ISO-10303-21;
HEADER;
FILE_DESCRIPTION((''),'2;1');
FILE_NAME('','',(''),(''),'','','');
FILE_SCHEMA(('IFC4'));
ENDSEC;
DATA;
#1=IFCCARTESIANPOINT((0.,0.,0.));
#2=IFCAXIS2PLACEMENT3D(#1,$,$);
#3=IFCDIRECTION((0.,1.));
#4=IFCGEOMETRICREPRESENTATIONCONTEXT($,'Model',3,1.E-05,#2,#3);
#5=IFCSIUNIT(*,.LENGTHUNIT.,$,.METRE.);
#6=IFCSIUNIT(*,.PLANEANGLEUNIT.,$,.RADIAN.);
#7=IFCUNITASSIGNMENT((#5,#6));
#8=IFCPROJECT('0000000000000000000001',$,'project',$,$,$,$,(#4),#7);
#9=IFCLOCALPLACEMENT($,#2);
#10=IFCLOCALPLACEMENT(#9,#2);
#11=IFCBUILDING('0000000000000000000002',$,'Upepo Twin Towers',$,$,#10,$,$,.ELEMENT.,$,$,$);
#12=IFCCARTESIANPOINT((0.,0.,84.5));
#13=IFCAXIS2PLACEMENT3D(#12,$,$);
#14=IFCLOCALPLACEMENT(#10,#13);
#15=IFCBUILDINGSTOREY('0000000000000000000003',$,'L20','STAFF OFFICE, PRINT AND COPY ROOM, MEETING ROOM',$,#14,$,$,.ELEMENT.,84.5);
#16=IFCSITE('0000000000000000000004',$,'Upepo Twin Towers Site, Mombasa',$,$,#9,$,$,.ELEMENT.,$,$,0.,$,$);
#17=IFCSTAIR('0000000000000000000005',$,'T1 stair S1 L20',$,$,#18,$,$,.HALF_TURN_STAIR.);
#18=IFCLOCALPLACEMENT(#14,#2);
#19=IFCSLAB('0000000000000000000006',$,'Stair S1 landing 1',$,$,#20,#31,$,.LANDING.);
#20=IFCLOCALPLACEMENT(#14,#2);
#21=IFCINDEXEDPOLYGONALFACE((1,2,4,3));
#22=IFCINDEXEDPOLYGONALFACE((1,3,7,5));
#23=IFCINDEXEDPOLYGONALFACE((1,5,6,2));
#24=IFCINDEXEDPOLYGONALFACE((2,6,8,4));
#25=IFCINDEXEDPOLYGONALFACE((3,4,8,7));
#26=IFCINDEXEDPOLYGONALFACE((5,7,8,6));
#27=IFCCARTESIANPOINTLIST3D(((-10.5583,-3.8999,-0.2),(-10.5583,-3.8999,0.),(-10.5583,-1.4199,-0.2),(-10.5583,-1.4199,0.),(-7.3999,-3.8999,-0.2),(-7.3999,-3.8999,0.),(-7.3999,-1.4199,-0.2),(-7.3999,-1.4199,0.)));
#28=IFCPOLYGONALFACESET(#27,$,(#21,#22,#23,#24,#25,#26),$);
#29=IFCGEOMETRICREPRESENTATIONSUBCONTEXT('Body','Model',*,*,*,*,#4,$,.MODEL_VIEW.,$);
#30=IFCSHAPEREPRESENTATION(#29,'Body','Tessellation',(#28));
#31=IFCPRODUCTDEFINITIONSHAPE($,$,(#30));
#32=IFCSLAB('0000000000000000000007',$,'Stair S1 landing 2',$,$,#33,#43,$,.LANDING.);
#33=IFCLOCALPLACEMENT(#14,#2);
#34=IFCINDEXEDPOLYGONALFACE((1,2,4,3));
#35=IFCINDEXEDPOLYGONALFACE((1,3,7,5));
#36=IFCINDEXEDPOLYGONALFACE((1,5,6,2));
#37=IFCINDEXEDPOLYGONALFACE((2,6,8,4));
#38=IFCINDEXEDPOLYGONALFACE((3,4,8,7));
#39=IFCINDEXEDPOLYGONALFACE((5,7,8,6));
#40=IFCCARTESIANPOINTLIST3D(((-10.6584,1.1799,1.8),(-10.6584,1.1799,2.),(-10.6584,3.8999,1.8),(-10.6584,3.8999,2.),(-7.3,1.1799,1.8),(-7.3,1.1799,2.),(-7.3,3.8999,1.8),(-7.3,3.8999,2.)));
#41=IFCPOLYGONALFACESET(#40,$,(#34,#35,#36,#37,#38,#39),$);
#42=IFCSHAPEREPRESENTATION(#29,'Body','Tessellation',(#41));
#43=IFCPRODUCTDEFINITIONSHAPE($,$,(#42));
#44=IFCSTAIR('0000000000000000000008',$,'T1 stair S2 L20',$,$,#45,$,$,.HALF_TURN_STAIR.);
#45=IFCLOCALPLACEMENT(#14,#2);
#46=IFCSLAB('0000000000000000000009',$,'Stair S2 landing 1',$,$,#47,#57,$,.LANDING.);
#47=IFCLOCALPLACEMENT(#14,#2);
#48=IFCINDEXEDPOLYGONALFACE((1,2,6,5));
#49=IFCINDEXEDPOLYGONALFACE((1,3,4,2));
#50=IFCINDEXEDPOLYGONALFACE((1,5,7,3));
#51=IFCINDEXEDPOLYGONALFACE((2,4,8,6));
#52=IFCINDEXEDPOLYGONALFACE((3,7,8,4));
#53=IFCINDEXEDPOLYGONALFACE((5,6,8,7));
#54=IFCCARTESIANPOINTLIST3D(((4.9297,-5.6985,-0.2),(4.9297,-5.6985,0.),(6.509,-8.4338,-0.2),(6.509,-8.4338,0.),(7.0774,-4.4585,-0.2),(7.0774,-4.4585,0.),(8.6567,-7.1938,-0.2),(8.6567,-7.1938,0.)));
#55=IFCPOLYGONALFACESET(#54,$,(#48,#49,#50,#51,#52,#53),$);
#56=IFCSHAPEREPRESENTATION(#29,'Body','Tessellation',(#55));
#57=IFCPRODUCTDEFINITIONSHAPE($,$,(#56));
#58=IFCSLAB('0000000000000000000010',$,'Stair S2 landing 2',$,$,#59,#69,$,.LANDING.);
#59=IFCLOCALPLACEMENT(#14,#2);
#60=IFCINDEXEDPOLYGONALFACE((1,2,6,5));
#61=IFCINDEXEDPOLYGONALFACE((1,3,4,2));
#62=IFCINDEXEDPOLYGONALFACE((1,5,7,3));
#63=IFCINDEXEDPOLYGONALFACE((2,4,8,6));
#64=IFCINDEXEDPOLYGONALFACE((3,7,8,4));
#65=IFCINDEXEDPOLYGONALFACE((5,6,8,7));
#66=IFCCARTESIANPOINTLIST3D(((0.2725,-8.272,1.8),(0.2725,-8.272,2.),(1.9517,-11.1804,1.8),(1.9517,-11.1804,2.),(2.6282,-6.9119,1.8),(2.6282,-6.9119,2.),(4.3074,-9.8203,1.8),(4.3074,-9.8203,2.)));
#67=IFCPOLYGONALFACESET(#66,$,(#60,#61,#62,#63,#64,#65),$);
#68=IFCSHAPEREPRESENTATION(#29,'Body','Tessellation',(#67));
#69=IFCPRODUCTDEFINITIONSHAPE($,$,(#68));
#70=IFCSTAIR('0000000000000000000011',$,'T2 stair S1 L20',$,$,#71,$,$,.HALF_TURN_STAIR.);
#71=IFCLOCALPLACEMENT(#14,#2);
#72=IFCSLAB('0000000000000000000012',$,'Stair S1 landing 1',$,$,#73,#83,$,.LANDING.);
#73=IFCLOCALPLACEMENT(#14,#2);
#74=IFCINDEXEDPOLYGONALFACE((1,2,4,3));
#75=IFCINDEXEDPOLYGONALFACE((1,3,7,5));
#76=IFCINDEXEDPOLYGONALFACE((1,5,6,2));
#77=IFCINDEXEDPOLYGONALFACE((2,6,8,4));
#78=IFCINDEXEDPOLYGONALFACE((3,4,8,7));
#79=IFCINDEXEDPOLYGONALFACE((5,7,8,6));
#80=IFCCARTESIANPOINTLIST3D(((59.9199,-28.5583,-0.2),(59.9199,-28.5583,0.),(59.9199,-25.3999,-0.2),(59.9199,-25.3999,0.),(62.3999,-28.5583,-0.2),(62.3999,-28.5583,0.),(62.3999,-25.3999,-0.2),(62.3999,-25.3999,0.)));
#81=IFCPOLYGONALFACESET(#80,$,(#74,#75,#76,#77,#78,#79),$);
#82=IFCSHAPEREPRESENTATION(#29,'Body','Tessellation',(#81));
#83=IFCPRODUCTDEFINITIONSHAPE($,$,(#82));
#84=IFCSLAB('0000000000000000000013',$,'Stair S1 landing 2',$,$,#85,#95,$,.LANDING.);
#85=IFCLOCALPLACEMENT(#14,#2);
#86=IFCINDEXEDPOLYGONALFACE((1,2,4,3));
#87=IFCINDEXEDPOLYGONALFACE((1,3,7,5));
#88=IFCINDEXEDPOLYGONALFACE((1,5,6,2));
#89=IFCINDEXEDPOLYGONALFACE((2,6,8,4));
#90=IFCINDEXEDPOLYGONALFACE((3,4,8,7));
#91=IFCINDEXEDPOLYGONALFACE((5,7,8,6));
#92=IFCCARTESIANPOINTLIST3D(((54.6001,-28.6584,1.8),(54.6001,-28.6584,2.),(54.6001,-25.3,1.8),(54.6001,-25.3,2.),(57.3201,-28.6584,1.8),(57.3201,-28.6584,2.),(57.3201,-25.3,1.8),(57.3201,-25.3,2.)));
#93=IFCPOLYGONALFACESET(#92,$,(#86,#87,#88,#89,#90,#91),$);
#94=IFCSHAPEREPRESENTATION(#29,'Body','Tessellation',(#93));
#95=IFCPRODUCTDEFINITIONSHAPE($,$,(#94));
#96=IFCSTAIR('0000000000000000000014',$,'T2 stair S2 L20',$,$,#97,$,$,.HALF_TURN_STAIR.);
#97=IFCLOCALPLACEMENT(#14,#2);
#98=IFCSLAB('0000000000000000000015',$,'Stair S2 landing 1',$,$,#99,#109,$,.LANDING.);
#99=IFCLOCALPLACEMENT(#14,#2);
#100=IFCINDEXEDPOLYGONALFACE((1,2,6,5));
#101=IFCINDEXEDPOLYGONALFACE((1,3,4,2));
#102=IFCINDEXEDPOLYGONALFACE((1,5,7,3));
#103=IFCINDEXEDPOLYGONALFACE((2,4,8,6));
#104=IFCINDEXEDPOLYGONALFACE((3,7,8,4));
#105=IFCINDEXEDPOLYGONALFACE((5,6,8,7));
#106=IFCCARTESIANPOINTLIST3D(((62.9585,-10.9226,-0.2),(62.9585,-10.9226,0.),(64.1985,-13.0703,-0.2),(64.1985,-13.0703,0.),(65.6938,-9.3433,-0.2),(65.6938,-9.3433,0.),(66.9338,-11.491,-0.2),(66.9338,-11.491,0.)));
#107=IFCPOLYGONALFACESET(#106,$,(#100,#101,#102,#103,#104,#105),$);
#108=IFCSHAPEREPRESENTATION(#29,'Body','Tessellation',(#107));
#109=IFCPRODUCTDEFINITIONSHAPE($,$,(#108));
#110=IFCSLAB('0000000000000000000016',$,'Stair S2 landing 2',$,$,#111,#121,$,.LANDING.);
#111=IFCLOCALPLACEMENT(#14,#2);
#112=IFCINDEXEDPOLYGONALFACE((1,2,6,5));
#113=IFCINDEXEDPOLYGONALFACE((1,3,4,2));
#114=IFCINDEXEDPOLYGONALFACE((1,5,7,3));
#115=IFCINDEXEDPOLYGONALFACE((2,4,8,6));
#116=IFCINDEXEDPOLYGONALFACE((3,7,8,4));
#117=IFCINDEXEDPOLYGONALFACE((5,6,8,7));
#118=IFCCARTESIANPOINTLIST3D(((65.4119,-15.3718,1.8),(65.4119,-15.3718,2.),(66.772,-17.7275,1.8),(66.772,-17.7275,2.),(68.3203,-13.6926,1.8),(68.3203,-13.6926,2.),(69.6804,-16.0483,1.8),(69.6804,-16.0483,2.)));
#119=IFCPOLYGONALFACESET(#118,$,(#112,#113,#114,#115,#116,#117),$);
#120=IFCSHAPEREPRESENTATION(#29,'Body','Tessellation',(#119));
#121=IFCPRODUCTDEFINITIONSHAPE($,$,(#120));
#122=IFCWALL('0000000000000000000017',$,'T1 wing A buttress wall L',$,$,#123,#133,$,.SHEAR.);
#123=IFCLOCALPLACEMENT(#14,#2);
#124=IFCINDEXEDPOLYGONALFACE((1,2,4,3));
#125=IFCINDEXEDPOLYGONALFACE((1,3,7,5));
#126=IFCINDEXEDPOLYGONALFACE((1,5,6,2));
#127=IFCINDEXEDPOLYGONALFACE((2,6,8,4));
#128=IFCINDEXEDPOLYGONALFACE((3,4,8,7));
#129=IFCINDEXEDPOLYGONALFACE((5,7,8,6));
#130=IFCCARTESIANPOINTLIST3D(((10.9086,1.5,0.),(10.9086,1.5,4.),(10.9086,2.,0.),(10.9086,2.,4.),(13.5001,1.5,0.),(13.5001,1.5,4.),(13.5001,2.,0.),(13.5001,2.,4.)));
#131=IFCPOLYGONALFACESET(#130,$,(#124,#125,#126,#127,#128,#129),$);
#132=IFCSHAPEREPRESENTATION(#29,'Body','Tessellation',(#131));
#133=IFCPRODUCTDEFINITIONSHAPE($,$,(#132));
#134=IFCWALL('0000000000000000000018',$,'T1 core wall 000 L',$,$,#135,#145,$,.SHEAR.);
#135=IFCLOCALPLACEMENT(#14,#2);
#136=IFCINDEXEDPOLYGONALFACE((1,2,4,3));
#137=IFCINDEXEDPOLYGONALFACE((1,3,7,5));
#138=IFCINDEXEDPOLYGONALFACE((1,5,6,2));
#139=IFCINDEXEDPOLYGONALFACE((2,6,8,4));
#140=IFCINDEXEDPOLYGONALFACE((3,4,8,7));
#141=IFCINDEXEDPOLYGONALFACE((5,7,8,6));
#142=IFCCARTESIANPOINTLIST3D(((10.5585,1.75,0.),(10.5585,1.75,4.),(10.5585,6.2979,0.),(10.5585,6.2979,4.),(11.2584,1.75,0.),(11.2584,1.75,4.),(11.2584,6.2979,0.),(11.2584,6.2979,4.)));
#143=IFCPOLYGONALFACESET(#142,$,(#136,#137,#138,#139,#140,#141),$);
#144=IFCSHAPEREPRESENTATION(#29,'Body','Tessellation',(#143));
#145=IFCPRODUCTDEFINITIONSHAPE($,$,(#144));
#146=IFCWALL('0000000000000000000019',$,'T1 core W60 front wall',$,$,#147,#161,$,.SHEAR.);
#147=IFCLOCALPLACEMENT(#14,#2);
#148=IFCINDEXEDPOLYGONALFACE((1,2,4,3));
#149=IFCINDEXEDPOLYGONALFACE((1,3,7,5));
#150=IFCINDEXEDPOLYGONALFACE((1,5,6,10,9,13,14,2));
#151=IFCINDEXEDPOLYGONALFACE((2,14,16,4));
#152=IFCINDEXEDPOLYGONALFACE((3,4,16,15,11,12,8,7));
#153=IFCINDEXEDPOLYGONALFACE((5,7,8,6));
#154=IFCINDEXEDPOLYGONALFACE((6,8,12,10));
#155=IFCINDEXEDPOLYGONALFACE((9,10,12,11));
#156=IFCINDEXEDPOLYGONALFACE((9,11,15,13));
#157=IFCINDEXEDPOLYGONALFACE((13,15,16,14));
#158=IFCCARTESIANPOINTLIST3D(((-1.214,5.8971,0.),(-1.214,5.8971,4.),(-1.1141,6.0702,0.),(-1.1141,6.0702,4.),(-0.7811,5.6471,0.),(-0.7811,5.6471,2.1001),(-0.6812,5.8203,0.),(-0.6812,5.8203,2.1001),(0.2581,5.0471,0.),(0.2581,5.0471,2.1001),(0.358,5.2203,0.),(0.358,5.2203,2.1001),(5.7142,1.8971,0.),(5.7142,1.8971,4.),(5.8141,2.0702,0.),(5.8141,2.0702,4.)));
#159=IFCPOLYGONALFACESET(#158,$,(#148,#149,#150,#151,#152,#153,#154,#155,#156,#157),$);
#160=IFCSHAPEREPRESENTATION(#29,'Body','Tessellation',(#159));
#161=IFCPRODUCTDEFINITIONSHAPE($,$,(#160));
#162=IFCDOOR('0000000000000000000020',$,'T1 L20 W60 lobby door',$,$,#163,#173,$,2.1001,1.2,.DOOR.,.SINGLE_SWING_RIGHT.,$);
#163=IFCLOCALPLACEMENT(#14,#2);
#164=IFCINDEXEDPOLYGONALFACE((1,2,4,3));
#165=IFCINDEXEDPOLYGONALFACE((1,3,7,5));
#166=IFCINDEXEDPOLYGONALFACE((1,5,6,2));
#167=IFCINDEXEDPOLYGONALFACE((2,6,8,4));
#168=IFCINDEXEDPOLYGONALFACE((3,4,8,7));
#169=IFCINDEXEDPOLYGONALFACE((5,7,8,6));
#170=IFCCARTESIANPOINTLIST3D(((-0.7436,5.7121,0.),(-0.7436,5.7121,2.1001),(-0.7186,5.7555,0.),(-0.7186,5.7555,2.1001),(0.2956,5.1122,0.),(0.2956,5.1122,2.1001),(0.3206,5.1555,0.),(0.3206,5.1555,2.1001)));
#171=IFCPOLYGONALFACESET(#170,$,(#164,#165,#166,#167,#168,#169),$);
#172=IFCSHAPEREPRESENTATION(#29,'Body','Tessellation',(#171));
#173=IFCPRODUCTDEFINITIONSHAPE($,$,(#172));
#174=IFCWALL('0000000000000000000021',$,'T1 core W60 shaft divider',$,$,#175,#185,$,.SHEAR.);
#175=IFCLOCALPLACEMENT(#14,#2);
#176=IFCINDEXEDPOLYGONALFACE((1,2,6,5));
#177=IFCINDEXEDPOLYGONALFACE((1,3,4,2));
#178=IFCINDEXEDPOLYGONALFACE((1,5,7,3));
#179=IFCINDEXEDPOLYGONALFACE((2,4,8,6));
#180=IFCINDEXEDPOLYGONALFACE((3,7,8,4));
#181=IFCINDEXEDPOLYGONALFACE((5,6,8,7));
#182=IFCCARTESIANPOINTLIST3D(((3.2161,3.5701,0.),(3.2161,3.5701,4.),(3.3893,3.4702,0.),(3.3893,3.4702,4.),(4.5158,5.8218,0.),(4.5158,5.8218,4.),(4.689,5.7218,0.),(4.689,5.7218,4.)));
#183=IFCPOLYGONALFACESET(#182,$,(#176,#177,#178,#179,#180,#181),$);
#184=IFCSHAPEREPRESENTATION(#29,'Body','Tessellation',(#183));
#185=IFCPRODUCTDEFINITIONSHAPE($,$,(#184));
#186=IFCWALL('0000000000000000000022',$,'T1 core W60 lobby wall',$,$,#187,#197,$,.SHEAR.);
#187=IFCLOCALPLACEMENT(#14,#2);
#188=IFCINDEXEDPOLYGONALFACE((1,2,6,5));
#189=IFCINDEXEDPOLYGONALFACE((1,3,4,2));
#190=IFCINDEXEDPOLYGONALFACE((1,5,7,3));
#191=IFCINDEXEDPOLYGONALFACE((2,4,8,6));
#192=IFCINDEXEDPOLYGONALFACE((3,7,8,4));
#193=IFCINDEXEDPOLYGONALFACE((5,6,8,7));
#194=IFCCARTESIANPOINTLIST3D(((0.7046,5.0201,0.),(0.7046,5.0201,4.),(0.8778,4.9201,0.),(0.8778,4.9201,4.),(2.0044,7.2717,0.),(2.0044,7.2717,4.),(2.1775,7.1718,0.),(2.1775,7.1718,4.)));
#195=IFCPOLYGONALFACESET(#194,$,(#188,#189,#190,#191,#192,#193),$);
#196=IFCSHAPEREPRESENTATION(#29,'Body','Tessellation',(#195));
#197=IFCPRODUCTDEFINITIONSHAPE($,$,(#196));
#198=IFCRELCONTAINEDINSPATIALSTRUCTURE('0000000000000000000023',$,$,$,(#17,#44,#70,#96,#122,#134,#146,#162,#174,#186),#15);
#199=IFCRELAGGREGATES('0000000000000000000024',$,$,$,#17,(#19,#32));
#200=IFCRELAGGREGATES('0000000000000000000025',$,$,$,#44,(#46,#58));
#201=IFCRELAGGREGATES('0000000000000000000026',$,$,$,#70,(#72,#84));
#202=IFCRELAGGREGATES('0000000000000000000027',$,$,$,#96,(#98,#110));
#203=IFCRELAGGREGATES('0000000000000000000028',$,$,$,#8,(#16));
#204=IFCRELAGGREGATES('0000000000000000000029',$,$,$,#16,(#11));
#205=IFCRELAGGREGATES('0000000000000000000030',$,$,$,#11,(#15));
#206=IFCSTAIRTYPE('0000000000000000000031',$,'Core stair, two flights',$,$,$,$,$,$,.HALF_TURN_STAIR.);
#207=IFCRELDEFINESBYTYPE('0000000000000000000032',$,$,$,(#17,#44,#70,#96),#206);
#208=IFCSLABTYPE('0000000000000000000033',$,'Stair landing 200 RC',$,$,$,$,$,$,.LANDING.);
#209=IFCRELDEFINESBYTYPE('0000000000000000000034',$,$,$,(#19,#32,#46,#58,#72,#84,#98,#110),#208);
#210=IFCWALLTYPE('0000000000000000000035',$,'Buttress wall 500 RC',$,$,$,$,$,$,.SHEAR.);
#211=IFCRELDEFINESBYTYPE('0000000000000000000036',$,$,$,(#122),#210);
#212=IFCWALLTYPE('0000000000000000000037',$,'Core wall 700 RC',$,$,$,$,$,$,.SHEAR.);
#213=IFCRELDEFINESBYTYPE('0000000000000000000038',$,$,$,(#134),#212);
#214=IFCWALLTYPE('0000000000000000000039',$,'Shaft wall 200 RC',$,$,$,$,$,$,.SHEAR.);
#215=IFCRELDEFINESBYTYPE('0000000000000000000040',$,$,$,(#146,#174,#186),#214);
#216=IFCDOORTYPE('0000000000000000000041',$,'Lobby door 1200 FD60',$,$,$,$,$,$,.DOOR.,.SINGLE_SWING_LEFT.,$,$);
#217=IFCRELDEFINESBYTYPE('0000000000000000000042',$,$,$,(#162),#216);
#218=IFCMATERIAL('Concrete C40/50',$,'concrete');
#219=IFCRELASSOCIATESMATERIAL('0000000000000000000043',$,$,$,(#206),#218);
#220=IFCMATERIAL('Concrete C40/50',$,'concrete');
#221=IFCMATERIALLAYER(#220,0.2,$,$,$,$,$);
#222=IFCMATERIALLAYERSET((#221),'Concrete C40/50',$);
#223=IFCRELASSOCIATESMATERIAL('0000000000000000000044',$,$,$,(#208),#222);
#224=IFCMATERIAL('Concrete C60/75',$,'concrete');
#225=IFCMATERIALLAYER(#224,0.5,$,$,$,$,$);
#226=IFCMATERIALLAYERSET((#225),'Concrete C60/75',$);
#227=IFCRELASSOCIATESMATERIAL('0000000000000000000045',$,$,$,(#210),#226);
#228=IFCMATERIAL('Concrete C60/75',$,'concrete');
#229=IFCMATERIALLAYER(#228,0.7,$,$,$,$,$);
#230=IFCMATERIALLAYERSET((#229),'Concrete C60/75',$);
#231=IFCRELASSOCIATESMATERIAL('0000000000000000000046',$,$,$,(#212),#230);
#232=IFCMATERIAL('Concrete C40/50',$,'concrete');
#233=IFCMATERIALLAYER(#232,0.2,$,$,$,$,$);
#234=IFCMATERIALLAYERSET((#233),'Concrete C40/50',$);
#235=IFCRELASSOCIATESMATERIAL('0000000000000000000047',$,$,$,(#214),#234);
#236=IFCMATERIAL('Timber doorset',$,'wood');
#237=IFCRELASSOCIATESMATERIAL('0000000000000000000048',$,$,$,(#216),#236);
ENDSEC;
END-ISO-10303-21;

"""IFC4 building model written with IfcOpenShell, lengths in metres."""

from ifc_helpers import new_model, si_unit, direction, frame, frame_2d, origin, place, context, subcontext, project, spatial, polyline, rectangle, outline, extrude, material, layer, layer_set, type_object, element, fill, aggregate, save


model = new_model("IFC4")

# Units and contexts
model_context = context("Model", 3, precision=1e-05, world=origin(), true_north=direction((0.0, 1.0)))
body_context = subcontext(model_context, "Body", "Model", "MODEL_VIEW")
ifc_project = project(units=[si_unit("LENGTHUNIT", "METRE"), si_unit("PLANEANGLEUNIT", "RADIAN")], contexts=[model_context])

# Site, building, storey
site_placement = place(None, origin())
site = spatial("IfcSite", under=ifc_project, at=site_placement, Name="Upepo Twin Towers Site, Mombasa", CompositionType="ELEMENT", RefElevation=0.0)
building_placement = place(site_placement, origin())
building = spatial("IfcBuilding", under=site, at=building_placement, Name="Upepo Twin Towers", CompositionType="ELEMENT")
storey_placement = place(building_placement, frame((0.0, 0.0, 84.5)))
storey = spatial("IfcBuildingStorey", under=building, at=storey_placement, Name="L20", Description="STAFF OFFICE, PRINT AND COPY ROOM, MEETING ROOM", CompositionType="ELEMENT", Elevation=84.5)

# Stairs, slabs
ifc_material_1 = material(Name="Concrete C40/50", Category="concrete")
stair_type = type_object("IfcStairType", Name="Core stair, two flights", PredefinedType="HALF_TURN_STAIR", material=ifc_material_1)
stair_1_placement = place(storey_placement, origin())
stair_1 = element("IfcStair", 1, at=stair_1_placement, inside=storey, type_object=stair_type, Name="T1 stair S1 L20", PredefinedType="HALF_TURN_STAIR")
ifc_material_2 = material(Name="Concrete C40/50", Category="concrete")
ifc_layer_1 = layer(ifc_material_2, 0.2)
ifc_layer_set_1 = layer_set([ifc_layer_1], Name="Concrete C40/50")
slab_type = type_object("IfcSlabType", Name="Stair landing 200 RC", PredefinedType="LANDING", material=ifc_layer_set_1)
slab_1_placement = place(storey_placement, frame((0.0, 0.0, -0.2)))
slab_1 = element("IfcSlab", 2, at=slab_1_placement, type_object=slab_type, Name="Stair S1 landing 1", PredefinedType="LANDING", context=body_context, shape_type="SweptSolid", body=[
    extrude(outline(polyline([(-7.3999, -1.4199), (-10.5583, -1.4199), (-10.5583, -3.8999), (-7.3999, -3.8999), (-7.3999, -1.4199)])), origin(), (0.0, 0.0, 1.0), 0.2),
])
slab_2_placement = place(storey_placement, frame((0.0, 0.0, 1.8)))
slab_2 = element("IfcSlab", 3, at=slab_2_placement, type_object=slab_type, Name="Stair S1 landing 2", PredefinedType="LANDING", context=body_context, shape_type="SweptSolid", body=[
    extrude(outline(polyline([(-7.3, 3.8999), (-10.6584, 3.8999), (-10.6584, 1.1799), (-7.3, 1.1799), (-7.3, 3.8999)])), origin(), (0.0, 0.0, 1.0), 0.2),
])
aggregate(stair_1, [slab_1, slab_2])
stair_2_placement = place(storey_placement, origin())
stair_2 = element("IfcStair", 4, at=stair_2_placement, inside=storey, type_object=stair_type, Name="T1 stair S2 L20", PredefinedType="HALF_TURN_STAIR")
slab_3_placement = place(storey_placement, frame((0.0, 0.0, -0.2)))
slab_3 = element("IfcSlab", 5, at=slab_3_placement, type_object=slab_type, Name="Stair S2 landing 1", PredefinedType="LANDING", context=body_context, shape_type="SweptSolid", body=[
    extrude(outline(polyline([(4.9297, -5.6985), (6.509, -8.4338), (8.6567, -7.1938), (7.0774, -4.4585), (4.9297, -5.6985)])), origin(), (0.0, 0.0, 1.0), 0.2),
])
slab_4_placement = place(storey_placement, frame((0.0, 0.0, 1.8)))
slab_4 = element("IfcSlab", 6, at=slab_4_placement, type_object=slab_type, Name="Stair S2 landing 2", PredefinedType="LANDING", context=body_context, shape_type="SweptSolid", body=[
    extrude(outline(polyline([(0.2725, -8.272), (1.9517, -11.1804), (4.3074, -9.8203), (2.6282, -6.9119), (0.2725, -8.272)])), origin(), (0.0, 0.0, 1.0), 0.2),
])
aggregate(stair_2, [slab_3, slab_4])
stair_3_placement = place(storey_placement, origin())
stair_3 = element("IfcStair", 7, at=stair_3_placement, inside=storey, type_object=stair_type, Name="T2 stair S1 L20", PredefinedType="HALF_TURN_STAIR")
slab_5_placement = place(storey_placement, frame((0.0, 0.0, -0.2)))
slab_5 = element("IfcSlab", 8, at=slab_5_placement, type_object=slab_type, Name="Stair S1 landing 1", PredefinedType="LANDING", context=body_context, shape_type="SweptSolid", body=[
    extrude(outline(polyline([(59.9199, -25.3999), (59.9199, -28.5583), (62.3999, -28.5583), (62.3999, -25.3999), (59.9199, -25.3999)])), origin(), (0.0, 0.0, 1.0), 0.2),
])
slab_6_placement = place(storey_placement, frame((0.0, 0.0, 1.8)))
slab_6 = element("IfcSlab", 9, at=slab_6_placement, type_object=slab_type, Name="Stair S1 landing 2", PredefinedType="LANDING", context=body_context, shape_type="SweptSolid", body=[
    extrude(outline(polyline([(54.6001, -25.3), (54.6001, -28.6584), (57.3201, -28.6584), (57.3201, -25.3), (54.6001, -25.3)])), origin(), (0.0, 0.0, 1.0), 0.2),
])
aggregate(stair_3, [slab_5, slab_6])
stair_4_placement = place(storey_placement, origin())
stair_4 = element("IfcStair", 10, at=stair_4_placement, inside=storey, type_object=stair_type, Name="T2 stair S2 L20", PredefinedType="HALF_TURN_STAIR")
slab_7_placement = place(storey_placement, frame((0.0, 0.0, -0.2)))
slab_7 = element("IfcSlab", 11, at=slab_7_placement, type_object=slab_type, Name="Stair S2 landing 1", PredefinedType="LANDING", context=body_context, shape_type="SweptSolid", body=[
    extrude(outline(polyline([(64.1985, -13.0703), (66.9338, -11.491), (65.6938, -9.3433), (62.9585, -10.9226), (64.1985, -13.0703)])), origin(), (0.0, 0.0, 1.0), 0.2),
])
slab_8_placement = place(storey_placement, frame((0.0, 0.0, 1.8)))
slab_8 = element("IfcSlab", 12, at=slab_8_placement, type_object=slab_type, Name="Stair S2 landing 2", PredefinedType="LANDING", context=body_context, shape_type="SweptSolid", body=[
    extrude(outline(polyline([(66.772, -17.7275), (69.6804, -16.0483), (68.3203, -13.6926), (65.4119, -15.3718), (66.772, -17.7275)])), origin(), (0.0, 0.0, 1.0), 0.2),
])
aggregate(stair_4, [slab_7, slab_8])

# Walls
ifc_material_3 = material(Name="Concrete C60/75", Category="concrete")
ifc_layer_2 = layer(ifc_material_3, 0.5)
ifc_layer_set_2 = layer_set([ifc_layer_2], Name="Concrete C60/75")
wall_type_1 = type_object("IfcWallType", Name="Buttress wall 500 RC", PredefinedType="SHEAR", material=ifc_layer_set_2)
wall_1_placement = place(storey_placement, frame((10.9084, 1.75, 0.0), z_axis=(0.0, 0.0, 1.0), x_axis=(1.0, 0.0, 0.0)))
element("IfcWall", 13, at=wall_1_placement, inside=storey, type_object=wall_type_1, Name="T1 wing A buttress wall L", PredefinedType="SHEAR", context=body_context, shape_type="SweptSolid", body=[
    extrude(rectangle(XDim=2.5916, YDim=0.5, at=frame_2d((1.2959, 0.0))), origin(), (0.0, 0.0, 1.0), 4.0),
])
ifc_material_4 = material(Name="Concrete C60/75", Category="concrete")
ifc_layer_3 = layer(ifc_material_4, 0.7)
ifc_layer_set_3 = layer_set([ifc_layer_3], Name="Concrete C60/75")
wall_type_2 = type_object("IfcWallType", Name="Core wall 700 RC", PredefinedType="SHEAR", material=ifc_layer_set_3)
wall_2_placement = place(storey_placement, frame((10.9084, 1.75, 0.0), z_axis=(0.0, 0.0, 1.0), x_axis=(0.0, 1.0, 0.0)))
element("IfcWall", 14, at=wall_2_placement, inside=storey, type_object=wall_type_2, Name="T1 core wall 000 L", PredefinedType="SHEAR", context=body_context, shape_type="SweptSolid", body=[
    extrude(rectangle(XDim=4.5479, YDim=0.7, at=frame_2d((2.2739, 0.0))), origin(), (0.0, 0.0, 1.0), 4.0),
])

# Wall, opening, door
ifc_material_5 = material(Name="Concrete C40/50", Category="concrete")
ifc_layer_4 = layer(ifc_material_5, 0.2)
ifc_layer_set_4 = layer_set([ifc_layer_4], Name="Concrete C40/50")
wall_type_3 = type_object("IfcWallType", Name="Shaft wall 200 RC", PredefinedType="SHEAR", material=ifc_layer_set_4)
wall_3_placement = place(storey_placement, frame((5.7642, 1.9836, 0.0), z_axis=(0.0, 0.0, 1.0), x_axis=(-0.866026, 0.499999, 0.0)))
wall_3 = element("IfcWall", 15, at=wall_3_placement, inside=storey, type_object=wall_type_3, Name="T1 core W60 front wall", PredefinedType="SHEAR", context=body_context, shape_type="SweptSolid", body=[
    extrude(rectangle(XDim=8.0, YDim=0.2, at=frame_2d((4.0, 0.0))), origin(), (0.0, 0.0, 1.0), 4.0),
])
opening_1_placement = place(wall_3_placement, frame((6.3, 0.0, 0.0)))
opening_1 = element("IfcOpeningElement", 16, at=opening_1_placement, cuts=wall_3, PredefinedType="OPENING", context=body_context, shape_type="SweptSolid", body=[
    extrude(rectangle(XDim=1.2, YDim=2.1001, at=frame_2d((0.6001, 1.05))), frame((0.0, 0.1099, 0.0), z_axis=(0.0, -1.0, 0.0), x_axis=(1.0, 0.0, 0.0)), (0.0, 0.0, 1.0), 0.22),
])
ifc_material_6 = material(Name="Timber doorset", Category="wood")
door_type_1 = type_object("IfcDoorType", Name="Lobby door 1200 FD60", OperationType="SINGLE_SWING_LEFT", PredefinedType="DOOR", material=ifc_material_6)
door_1_placement = place(opening_1_placement, origin())
door_1 = element("IfcDoor", 17, at=door_1_placement, inside=storey, type_object=door_type_1, Name="T1 L20 W60 lobby door", OperationType="SINGLE_SWING_RIGHT", OverallHeight=2.1001, OverallWidth=1.2, PredefinedType="DOOR", context=body_context, shape_type="SweptSolid", body=[
    extrude(rectangle(XDim=1.2, YDim=2.1001, at=frame_2d((0.6001, 1.05))), frame((0.0, 0.0249, 0.0), z_axis=(0.0, -1.0, 0.0), x_axis=(1.0, 0.0, 0.0)), (0.0, 0.0, 1.0), 0.05),
])
fill(opening_1, door_1)

# Walls
for number, where, z_axis, x_axis, name in (
    (18, (3.3027, 3.5203, 0.0), (0.0, 0.0, 1.0), (0.499937, 0.866062, 0.0), "T1 core W60 shaft divider"),
    (19, (0.7913, 4.9702, 0.0), (0.0, 0.0, 1.0), (0.499937, 0.866062, 0.0), "T1 core W60 lobby wall"),
):
    element("IfcWall", number, at=place(storey_placement, frame(where, z_axis=z_axis, x_axis=x_axis)), inside=storey, type_object=wall_type_3, Name=name, PredefinedType="SHEAR", context=body_context, shape_type="SweptSolid", body=[
        extrude(rectangle(XDim=2.5999, YDim=0.2, at=frame_2d((1.2998, 0.0))), origin(), (0.0, 0.0, 1.0), 4.0),
    ])

save(model, "model.ifc")
